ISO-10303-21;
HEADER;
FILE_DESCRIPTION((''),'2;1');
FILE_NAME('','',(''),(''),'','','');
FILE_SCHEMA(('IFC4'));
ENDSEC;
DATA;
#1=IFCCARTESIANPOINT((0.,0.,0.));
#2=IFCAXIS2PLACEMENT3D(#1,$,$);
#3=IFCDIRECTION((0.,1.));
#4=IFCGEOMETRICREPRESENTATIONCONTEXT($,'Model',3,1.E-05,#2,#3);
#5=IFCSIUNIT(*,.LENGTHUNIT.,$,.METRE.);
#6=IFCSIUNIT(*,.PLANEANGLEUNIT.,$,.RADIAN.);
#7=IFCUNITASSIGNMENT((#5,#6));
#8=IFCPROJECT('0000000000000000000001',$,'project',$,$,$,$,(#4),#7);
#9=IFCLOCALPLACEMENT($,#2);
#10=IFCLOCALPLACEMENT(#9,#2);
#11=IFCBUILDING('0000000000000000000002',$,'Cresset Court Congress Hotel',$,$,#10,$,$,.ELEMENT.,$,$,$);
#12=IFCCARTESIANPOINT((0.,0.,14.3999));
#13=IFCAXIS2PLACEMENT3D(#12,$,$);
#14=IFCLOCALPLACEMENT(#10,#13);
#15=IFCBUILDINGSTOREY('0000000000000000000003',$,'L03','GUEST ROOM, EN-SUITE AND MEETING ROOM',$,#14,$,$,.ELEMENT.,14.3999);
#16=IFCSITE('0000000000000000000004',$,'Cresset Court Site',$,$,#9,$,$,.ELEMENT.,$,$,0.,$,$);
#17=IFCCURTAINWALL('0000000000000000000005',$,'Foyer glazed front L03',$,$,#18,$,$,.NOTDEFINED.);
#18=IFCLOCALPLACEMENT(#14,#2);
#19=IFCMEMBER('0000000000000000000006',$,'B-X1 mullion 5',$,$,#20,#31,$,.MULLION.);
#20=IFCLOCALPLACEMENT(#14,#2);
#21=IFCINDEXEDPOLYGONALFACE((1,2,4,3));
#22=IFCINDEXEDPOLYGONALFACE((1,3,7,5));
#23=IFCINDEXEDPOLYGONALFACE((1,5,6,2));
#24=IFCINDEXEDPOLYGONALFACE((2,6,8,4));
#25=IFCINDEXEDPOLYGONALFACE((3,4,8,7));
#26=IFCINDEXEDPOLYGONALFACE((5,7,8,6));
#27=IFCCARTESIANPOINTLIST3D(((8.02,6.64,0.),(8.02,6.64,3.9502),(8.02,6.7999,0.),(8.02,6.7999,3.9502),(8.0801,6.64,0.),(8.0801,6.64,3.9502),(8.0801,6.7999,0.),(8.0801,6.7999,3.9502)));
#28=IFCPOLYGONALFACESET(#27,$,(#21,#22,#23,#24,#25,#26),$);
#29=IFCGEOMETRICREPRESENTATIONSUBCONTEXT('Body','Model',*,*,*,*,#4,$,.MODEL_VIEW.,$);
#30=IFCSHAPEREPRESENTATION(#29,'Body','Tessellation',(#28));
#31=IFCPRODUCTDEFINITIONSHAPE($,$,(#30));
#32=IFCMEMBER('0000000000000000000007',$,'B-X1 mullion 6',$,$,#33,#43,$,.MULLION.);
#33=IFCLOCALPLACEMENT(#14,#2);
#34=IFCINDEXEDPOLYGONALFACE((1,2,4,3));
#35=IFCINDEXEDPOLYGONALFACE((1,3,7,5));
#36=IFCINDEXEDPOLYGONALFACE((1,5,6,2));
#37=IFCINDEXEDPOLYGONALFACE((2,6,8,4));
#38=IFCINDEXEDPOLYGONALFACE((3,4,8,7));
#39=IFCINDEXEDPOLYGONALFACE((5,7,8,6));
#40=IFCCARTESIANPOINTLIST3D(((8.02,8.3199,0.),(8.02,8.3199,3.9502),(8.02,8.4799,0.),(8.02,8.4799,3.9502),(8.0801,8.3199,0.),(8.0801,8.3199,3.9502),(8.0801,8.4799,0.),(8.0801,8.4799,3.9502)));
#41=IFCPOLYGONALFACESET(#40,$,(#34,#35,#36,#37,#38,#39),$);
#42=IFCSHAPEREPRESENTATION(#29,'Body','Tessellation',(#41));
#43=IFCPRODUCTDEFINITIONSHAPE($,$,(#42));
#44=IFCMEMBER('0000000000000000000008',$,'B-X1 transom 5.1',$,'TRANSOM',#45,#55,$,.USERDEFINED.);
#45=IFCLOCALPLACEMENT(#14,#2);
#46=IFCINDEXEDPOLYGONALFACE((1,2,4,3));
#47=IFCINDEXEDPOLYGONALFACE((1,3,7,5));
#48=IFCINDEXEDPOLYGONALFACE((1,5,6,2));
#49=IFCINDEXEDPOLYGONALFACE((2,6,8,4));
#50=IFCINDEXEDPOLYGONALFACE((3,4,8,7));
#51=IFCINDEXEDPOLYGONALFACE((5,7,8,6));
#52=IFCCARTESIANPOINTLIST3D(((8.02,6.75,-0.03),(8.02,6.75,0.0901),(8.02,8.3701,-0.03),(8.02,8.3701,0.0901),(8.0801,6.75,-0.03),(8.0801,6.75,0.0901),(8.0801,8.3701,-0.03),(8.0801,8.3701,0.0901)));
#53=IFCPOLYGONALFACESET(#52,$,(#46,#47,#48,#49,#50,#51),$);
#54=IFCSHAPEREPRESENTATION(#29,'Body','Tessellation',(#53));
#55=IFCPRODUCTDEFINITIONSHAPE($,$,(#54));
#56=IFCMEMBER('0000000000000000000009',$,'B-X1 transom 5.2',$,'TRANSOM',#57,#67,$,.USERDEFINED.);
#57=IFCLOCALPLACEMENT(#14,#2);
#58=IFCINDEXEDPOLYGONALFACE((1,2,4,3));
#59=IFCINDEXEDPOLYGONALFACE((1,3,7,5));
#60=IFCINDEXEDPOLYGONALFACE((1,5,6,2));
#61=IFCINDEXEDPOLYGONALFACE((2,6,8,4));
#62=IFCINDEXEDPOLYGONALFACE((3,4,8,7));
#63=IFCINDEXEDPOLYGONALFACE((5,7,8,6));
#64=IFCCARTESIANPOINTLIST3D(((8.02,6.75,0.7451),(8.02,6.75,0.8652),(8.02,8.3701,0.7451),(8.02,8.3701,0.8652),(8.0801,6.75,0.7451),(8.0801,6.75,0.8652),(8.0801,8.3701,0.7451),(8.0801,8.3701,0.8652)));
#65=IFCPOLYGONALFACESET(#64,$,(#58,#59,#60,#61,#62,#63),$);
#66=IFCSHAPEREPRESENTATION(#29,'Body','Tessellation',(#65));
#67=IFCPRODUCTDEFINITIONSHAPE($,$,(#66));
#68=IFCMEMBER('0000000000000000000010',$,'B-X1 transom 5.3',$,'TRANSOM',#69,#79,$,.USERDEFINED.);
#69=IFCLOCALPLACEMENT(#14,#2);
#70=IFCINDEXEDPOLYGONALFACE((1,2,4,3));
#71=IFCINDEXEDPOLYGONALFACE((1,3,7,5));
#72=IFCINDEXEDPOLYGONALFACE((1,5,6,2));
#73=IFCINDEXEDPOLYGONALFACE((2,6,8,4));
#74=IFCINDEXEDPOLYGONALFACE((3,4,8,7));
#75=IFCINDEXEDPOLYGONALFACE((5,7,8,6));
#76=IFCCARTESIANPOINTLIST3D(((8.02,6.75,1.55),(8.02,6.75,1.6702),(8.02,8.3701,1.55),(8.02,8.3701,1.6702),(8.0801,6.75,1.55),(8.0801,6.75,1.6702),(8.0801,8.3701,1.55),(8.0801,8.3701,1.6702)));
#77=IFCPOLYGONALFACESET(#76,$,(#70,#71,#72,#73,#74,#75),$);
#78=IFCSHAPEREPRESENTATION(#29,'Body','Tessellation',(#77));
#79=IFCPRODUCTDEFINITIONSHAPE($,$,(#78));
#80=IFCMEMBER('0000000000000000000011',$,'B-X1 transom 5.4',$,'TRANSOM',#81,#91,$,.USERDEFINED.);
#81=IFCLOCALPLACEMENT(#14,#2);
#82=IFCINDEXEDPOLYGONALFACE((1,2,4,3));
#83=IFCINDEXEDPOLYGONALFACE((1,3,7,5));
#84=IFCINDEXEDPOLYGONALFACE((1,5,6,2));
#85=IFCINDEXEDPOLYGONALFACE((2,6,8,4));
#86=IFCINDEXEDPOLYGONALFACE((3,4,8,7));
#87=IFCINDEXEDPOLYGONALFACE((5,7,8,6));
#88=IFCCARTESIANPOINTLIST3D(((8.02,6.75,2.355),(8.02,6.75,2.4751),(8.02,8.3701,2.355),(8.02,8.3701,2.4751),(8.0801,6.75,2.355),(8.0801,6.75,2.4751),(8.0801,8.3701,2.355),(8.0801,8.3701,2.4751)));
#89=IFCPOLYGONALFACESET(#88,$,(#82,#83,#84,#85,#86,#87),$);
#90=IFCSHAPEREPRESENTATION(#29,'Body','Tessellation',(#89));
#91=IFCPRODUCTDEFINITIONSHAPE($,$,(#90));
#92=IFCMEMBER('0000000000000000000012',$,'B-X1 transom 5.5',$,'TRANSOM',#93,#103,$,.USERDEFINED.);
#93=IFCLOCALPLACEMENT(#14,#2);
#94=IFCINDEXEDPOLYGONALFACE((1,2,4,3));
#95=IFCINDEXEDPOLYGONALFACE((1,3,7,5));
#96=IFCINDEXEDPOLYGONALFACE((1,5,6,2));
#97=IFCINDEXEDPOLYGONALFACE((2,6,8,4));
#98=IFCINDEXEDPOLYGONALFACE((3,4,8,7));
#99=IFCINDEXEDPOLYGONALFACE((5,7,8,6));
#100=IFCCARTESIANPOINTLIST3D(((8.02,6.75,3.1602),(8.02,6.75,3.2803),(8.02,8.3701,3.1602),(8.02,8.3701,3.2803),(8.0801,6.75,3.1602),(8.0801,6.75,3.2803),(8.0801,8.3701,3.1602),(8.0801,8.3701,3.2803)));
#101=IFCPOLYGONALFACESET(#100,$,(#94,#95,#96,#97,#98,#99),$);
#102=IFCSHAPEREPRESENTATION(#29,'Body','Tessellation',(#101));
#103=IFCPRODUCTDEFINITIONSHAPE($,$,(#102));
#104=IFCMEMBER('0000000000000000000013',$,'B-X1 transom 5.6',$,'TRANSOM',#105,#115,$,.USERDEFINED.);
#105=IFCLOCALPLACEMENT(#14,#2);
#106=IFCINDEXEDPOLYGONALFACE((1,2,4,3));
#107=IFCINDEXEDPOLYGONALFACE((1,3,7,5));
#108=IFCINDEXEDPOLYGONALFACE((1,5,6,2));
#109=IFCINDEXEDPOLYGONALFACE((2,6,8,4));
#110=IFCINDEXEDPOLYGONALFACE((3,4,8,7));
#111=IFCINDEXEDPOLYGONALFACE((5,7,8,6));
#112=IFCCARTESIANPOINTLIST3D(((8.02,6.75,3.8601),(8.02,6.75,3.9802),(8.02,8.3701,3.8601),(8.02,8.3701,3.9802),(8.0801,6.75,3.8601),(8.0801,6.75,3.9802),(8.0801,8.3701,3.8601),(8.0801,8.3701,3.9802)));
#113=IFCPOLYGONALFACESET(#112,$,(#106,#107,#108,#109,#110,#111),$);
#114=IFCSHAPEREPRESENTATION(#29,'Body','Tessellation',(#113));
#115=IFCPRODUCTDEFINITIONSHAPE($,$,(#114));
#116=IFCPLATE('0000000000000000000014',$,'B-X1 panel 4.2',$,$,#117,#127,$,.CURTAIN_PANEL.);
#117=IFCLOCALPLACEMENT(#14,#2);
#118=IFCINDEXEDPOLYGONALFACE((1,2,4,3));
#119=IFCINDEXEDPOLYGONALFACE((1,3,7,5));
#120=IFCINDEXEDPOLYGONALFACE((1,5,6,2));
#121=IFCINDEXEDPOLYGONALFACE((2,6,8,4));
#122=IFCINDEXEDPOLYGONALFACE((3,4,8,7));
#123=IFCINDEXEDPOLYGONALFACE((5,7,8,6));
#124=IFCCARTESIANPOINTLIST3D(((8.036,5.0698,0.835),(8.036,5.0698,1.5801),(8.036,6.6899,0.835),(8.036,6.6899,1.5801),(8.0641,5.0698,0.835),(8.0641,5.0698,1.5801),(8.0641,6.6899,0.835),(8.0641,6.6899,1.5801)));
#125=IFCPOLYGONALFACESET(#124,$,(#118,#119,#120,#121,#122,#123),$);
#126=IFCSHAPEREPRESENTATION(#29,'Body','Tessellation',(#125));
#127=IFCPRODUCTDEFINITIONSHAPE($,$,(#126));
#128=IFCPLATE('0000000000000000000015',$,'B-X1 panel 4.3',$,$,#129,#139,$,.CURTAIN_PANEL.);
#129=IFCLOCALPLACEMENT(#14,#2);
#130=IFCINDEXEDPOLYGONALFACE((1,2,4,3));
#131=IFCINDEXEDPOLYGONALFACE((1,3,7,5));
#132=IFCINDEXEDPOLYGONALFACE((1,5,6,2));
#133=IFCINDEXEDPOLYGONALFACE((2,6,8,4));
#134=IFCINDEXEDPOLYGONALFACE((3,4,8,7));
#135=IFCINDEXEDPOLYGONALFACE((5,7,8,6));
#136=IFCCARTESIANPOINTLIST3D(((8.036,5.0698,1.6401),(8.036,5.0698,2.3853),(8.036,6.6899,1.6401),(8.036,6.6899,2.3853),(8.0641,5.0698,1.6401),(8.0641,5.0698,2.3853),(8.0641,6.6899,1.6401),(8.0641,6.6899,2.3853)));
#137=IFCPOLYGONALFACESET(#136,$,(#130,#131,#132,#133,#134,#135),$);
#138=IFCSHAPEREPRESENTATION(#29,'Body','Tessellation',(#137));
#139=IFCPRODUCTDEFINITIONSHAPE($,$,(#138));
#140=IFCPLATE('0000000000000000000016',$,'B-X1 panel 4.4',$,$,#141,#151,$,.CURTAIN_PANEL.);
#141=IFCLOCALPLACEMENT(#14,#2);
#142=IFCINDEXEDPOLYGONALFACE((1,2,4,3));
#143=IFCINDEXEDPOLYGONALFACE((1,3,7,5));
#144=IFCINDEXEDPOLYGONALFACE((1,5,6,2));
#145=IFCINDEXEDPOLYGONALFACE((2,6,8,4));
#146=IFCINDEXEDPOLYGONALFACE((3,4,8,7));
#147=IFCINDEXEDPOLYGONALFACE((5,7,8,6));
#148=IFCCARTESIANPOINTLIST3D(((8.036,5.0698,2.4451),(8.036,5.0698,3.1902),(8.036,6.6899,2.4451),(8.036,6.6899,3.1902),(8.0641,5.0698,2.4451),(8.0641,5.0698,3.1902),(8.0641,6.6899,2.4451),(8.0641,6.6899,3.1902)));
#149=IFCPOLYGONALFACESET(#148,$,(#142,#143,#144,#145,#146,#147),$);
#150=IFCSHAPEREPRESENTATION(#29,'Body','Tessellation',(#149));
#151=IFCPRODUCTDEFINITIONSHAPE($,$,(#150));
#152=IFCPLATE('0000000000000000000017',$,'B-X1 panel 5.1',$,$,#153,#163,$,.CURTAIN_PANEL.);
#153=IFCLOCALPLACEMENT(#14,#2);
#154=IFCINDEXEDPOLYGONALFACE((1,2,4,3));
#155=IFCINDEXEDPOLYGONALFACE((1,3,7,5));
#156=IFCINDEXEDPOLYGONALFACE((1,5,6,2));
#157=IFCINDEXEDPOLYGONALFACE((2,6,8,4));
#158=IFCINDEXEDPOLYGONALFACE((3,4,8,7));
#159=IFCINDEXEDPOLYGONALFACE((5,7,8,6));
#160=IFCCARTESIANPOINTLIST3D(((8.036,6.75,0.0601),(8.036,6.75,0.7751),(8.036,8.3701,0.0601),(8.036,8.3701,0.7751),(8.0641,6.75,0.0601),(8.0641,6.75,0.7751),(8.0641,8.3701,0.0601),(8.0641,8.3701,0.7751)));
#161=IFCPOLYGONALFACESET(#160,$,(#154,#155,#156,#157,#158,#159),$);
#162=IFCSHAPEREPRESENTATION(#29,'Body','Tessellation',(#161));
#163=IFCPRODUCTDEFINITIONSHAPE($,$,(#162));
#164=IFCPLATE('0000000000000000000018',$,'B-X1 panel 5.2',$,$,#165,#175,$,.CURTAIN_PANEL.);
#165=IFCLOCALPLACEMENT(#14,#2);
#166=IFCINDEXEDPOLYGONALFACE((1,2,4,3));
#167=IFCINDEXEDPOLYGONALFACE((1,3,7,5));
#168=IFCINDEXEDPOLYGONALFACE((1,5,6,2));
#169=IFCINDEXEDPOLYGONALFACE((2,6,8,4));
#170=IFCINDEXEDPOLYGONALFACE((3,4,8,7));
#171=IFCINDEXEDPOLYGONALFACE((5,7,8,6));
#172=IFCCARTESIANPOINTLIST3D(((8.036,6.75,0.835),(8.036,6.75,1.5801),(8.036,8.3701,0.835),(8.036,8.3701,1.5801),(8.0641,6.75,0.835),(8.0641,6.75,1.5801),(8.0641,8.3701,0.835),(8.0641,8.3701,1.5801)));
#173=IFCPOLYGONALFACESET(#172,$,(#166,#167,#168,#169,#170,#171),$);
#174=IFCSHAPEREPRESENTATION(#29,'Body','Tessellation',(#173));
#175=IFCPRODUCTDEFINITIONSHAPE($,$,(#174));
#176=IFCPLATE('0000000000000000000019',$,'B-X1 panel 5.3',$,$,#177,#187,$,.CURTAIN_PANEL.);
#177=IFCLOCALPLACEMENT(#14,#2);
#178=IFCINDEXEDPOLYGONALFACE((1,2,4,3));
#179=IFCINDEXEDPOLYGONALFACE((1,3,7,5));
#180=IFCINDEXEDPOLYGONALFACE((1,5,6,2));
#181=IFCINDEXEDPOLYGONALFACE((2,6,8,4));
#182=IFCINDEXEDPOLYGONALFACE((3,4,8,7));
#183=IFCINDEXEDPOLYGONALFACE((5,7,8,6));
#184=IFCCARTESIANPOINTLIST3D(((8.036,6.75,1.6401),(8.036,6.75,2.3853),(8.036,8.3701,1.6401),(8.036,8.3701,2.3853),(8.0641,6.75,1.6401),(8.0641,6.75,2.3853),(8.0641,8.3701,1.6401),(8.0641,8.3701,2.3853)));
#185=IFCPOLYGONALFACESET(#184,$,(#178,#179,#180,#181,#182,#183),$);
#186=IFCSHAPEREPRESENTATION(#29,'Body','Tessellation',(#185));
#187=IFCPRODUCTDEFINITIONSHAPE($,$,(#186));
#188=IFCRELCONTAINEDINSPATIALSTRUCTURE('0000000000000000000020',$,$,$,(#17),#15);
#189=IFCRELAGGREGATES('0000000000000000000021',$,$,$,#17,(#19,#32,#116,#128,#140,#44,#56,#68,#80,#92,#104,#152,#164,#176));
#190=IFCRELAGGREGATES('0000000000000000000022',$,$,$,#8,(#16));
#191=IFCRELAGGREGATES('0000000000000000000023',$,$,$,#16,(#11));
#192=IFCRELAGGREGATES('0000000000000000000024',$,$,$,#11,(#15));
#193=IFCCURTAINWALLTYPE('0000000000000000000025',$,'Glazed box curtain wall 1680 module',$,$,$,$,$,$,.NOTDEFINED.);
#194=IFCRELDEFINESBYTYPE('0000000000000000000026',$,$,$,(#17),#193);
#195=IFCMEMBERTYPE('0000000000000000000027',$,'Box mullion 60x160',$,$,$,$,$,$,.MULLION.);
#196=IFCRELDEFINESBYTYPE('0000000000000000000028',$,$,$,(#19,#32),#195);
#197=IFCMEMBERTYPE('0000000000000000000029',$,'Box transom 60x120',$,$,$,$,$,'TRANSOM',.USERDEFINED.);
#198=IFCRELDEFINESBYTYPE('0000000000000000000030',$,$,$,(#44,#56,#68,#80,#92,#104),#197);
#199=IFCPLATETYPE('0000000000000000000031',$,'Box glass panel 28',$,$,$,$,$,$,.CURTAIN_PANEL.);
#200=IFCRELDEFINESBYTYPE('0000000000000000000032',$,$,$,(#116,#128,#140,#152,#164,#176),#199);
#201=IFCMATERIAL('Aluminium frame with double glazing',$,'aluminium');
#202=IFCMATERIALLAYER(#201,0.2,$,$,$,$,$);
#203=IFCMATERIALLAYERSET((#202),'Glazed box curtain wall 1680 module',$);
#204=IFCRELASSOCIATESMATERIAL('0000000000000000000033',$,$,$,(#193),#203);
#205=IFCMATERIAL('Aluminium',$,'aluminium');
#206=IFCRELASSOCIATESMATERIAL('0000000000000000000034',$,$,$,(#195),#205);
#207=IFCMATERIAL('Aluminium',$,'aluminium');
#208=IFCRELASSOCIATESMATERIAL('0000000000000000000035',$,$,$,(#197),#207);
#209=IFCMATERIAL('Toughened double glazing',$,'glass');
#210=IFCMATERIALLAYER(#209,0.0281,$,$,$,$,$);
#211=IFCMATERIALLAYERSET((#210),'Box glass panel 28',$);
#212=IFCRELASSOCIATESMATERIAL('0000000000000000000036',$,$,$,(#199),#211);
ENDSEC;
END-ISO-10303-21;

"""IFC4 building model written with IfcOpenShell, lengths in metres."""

from ifc_helpers import new_model, si_unit, direction, frame, origin, origin_2d, place, context, subcontext, project, spatial, rectangle, extrude, material, layer, layer_set, material_profile, profile_set, type_object, element, aggregate, save


model = new_model("IFC4")

# Units and contexts
model_context = context("Model", 3, precision=1e-05, world=origin(), true_north=direction((0.0, 1.0)))
body_context = subcontext(model_context, "Body", "Model", "MODEL_VIEW")
ifc_project = project(units=[si_unit("LENGTHUNIT", "METRE"), si_unit("PLANEANGLEUNIT", "RADIAN")], contexts=[model_context])

# Site, building, storey
site_placement = place(None, origin())
site = spatial("IfcSite", under=ifc_project, at=site_placement, Name="Cresset Court Site", CompositionType="ELEMENT", RefElevation=0.0)
building_placement = place(site_placement, origin())
building = spatial("IfcBuilding", under=site, at=building_placement, Name="Cresset Court Congress Hotel", CompositionType="ELEMENT")
storey_placement = place(building_placement, frame((0.0, 0.0, 14.3999)))
storey = spatial("IfcBuildingStorey", under=building, at=storey_placement, Name="L03", Description="GUEST ROOM, EN-SUITE AND MEETING ROOM", CompositionType="ELEMENT", Elevation=14.3999)

# Curtain wall, members, plates
ifc_material_1 = material(Name="Aluminium frame with double glazing", Category="aluminium")
ifc_layer_1 = layer(ifc_material_1, 0.2)
ifc_layer_set_1 = layer_set([ifc_layer_1], Name="Glazed box curtain wall 1680 module")
curtain_wall_type = type_object("IfcCurtainWallType", Name="Glazed box curtain wall 1680 module", PredefinedType="NOTDEFINED", material=ifc_layer_set_1)
curtain_wall_placement = place(storey_placement, origin())
curtain_wall = element("IfcCurtainWall", 1, at=curtain_wall_placement, inside=storey, type_object=curtain_wall_type, Name="Foyer glazed front L03", PredefinedType="NOTDEFINED")
ifc_material_2 = material(Name="Aluminium", Category="aluminium")
ifc_material_profile_1 = material_profile(ifc_material_2, rectangle(XDim=0.0601, YDim=0.1599, at=origin_2d()), Name="Box mullion 60x160")
ifc_profile_set_1 = profile_set([ifc_material_profile_1], Name="Aluminium")
member_type_1 = type_object("IfcMemberType", Name="Box mullion 60x160", PredefinedType="MULLION", material=ifc_profile_set_1)
member_1_placement = place(storey_placement, frame((8.05, 6.72, 0.0), z_axis=(0.0, 0.0, 1.0), x_axis=(-1.0, 0.0, 0.0)))
member_1 = element("IfcMember", 2, at=member_1_placement, type_object=member_type_1, Name="B-X1 mullion 5", PredefinedType="MULLION", context=body_context, shape_type="SweptSolid", body=[
    extrude(rectangle(XDim=0.0601, YDim=0.1599, at=origin_2d()), origin(), (0.0, 0.0, 1.0), 3.9502),
])
member_2_placement = place(storey_placement, frame((8.05, 8.3999, 0.0), z_axis=(0.0, 0.0, 1.0), x_axis=(-1.0, 0.0, 0.0)))
member_2 = element("IfcMember", 3, at=member_2_placement, type_object=member_type_1, Name="B-X1 mullion 6", PredefinedType="MULLION", context=body_context, shape_type="SweptSolid", body=[
    extrude(rectangle(XDim=0.0601, YDim=0.1599, at=origin_2d()), origin(), (0.0, 0.0, 1.0), 3.9502),
])
ifc_material_3 = material(Name="Aluminium", Category="aluminium")
ifc_material_profile_2 = material_profile(ifc_material_3, rectangle(XDim=0.0601, YDim=0.1201, at=origin_2d()), Name="Box transom 60x120")
ifc_profile_set_2 = profile_set([ifc_material_profile_2], Name="Aluminium")
member_type_2 = type_object("IfcMemberType", Name="Box transom 60x120", ElementType="TRANSOM", PredefinedType="USERDEFINED", material=ifc_profile_set_2)
member_3_placement = place(storey_placement, frame((8.05, 6.75, 0.03), z_axis=(0.0, 1.0, 0.0), x_axis=(-1.0, 0.0, 0.0)))
member_3 = element("IfcMember", 4, at=member_3_placement, type_object=member_type_2, Name="B-X1 transom 5.1", ObjectType="TRANSOM", PredefinedType="USERDEFINED", context=body_context, shape_type="SweptSolid", body=[
    extrude(rectangle(XDim=0.0601, YDim=0.1201, at=origin_2d()), origin(), (0.0, 0.0, 1.0), 1.6201),
])
member_4_placement = place(storey_placement, frame((8.05, 6.75, 0.8052), z_axis=(0.0, 1.0, 0.0), x_axis=(-1.0, 0.0, 0.0)))
member_4 = element("IfcMember", 5, at=member_4_placement, type_object=member_type_2, Name="B-X1 transom 5.2", ObjectType="TRANSOM", PredefinedType="USERDEFINED", context=body_context, shape_type="SweptSolid", body=[
    extrude(rectangle(XDim=0.0601, YDim=0.1201, at=origin_2d()), origin(), (0.0, 0.0, 1.0), 1.6201),
])
member_5_placement = place(storey_placement, frame((8.05, 6.75, 1.6101), z_axis=(0.0, 1.0, 0.0), x_axis=(-1.0, 0.0, 0.0)))
member_5 = element("IfcMember", 6, at=member_5_placement, type_object=member_type_2, Name="B-X1 transom 5.3", ObjectType="TRANSOM", PredefinedType="USERDEFINED", context=body_context, shape_type="SweptSolid", body=[
    extrude(rectangle(XDim=0.0601, YDim=0.1201, at=origin_2d()), origin(), (0.0, 0.0, 1.0), 1.6201),
])
member_6_placement = place(storey_placement, frame((8.05, 6.75, 2.415), z_axis=(0.0, 1.0, 0.0), x_axis=(-1.0, 0.0, 0.0)))
member_6 = element("IfcMember", 7, at=member_6_placement, type_object=member_type_2, Name="B-X1 transom 5.4", ObjectType="TRANSOM", PredefinedType="USERDEFINED", context=body_context, shape_type="SweptSolid", body=[
    extrude(rectangle(XDim=0.0601, YDim=0.1201, at=origin_2d()), origin(), (0.0, 0.0, 1.0), 1.6201),
])
member_7_placement = place(storey_placement, frame((8.05, 6.75, 3.2202), z_axis=(0.0, 1.0, 0.0), x_axis=(-1.0, 0.0, 0.0)))
member_7 = element("IfcMember", 8, at=member_7_placement, type_object=member_type_2, Name="B-X1 transom 5.5", ObjectType="TRANSOM", PredefinedType="USERDEFINED", context=body_context, shape_type="SweptSolid", body=[
    extrude(rectangle(XDim=0.0601, YDim=0.1201, at=origin_2d()), origin(), (0.0, 0.0, 1.0), 1.6201),
])
member_8_placement = place(storey_placement, frame((8.05, 6.75, 3.9202), z_axis=(0.0, 1.0, 0.0), x_axis=(-1.0, 0.0, 0.0)))
member_8 = element("IfcMember", 9, at=member_8_placement, type_object=member_type_2, Name="B-X1 transom 5.6", ObjectType="TRANSOM", PredefinedType="USERDEFINED", context=body_context, shape_type="SweptSolid", body=[
    extrude(rectangle(XDim=0.0601, YDim=0.1201, at=origin_2d()), origin(), (0.0, 0.0, 1.0), 1.6201),
])
ifc_material_4 = material(Name="Toughened double glazing", Category="glass")
ifc_layer_2 = layer(ifc_material_4, 0.0281)
ifc_layer_set_2 = layer_set([ifc_layer_2], Name="Box glass panel 28")
plate_type_1 = type_object("IfcPlateType", Name="Box glass panel 28", PredefinedType="CURTAIN_PANEL", material=ifc_layer_set_2)
plate_1_placement = place(storey_placement, frame((8.05, 5.8799, 0.835), z_axis=(0.0, 0.0, 1.0), x_axis=(0.0, 1.0, 0.0)))
plate_1 = element("IfcPlate", 10, at=plate_1_placement, type_object=plate_type_1, Name="B-X1 panel 4.2", PredefinedType="CURTAIN_PANEL", context=body_context, shape_type="SweptSolid", body=[
    extrude(rectangle(XDim=1.6201, YDim=0.0281, at=origin_2d()), origin(), (0.0, 0.0, 1.0), 0.7451),
])
plate_2_placement = place(storey_placement, frame((8.05, 5.8799, 1.6401), z_axis=(0.0, 0.0, 1.0), x_axis=(0.0, 1.0, 0.0)))
plate_2 = element("IfcPlate", 11, at=plate_2_placement, type_object=plate_type_1, Name="B-X1 panel 4.3", PredefinedType="CURTAIN_PANEL", context=body_context, shape_type="SweptSolid", body=[
    extrude(rectangle(XDim=1.6201, YDim=0.0281, at=origin_2d()), origin(), (0.0, 0.0, 1.0), 0.7451),
])
plate_3_placement = place(storey_placement, frame((8.05, 5.8799, 2.4451), z_axis=(0.0, 0.0, 1.0), x_axis=(0.0, 1.0, 0.0)))
plate_3 = element("IfcPlate", 12, at=plate_3_placement, type_object=plate_type_1, Name="B-X1 panel 4.4", PredefinedType="CURTAIN_PANEL", context=body_context, shape_type="SweptSolid", body=[
    extrude(rectangle(XDim=1.6201, YDim=0.0281, at=origin_2d()), origin(), (0.0, 0.0, 1.0), 0.7451),
])
plate_4_placement = place(storey_placement, frame((8.05, 7.5601, 0.0601), z_axis=(0.0, 0.0, 1.0), x_axis=(0.0, 1.0, 0.0)))
plate_4 = element("IfcPlate", 13, at=plate_4_placement, type_object=plate_type_1, Name="B-X1 panel 5.1", PredefinedType="CURTAIN_PANEL", context=body_context, shape_type="SweptSolid", body=[
    extrude(rectangle(XDim=1.6201, YDim=0.0281, at=origin_2d()), origin(), (0.0, 0.0, 1.0), 0.7151),
])
plate_5_placement = place(storey_placement, frame((8.05, 7.5601, 0.835), z_axis=(0.0, 0.0, 1.0), x_axis=(0.0, 1.0, 0.0)))
plate_5 = element("IfcPlate", 14, at=plate_5_placement, type_object=plate_type_1, Name="B-X1 panel 5.2", PredefinedType="CURTAIN_PANEL", context=body_context, shape_type="SweptSolid", body=[
    extrude(rectangle(XDim=1.6201, YDim=0.0281, at=origin_2d()), origin(), (0.0, 0.0, 1.0), 0.7451),
])
plate_6_placement = place(storey_placement, frame((8.05, 7.5601, 1.6401), z_axis=(0.0, 0.0, 1.0), x_axis=(0.0, 1.0, 0.0)))
plate_6 = element("IfcPlate", 15, at=plate_6_placement, type_object=plate_type_1, Name="B-X1 panel 5.3", PredefinedType="CURTAIN_PANEL", context=body_context, shape_type="SweptSolid", body=[
    extrude(rectangle(XDim=1.6201, YDim=0.0281, at=origin_2d()), origin(), (0.0, 0.0, 1.0), 0.7451),
])
aggregate(curtain_wall, [member_1, member_2, plate_1, plate_2, plate_3, member_3, member_4, member_5, member_6, member_7, member_8, plate_4, plate_5, plate_6])

save(model, "model.ifc")
